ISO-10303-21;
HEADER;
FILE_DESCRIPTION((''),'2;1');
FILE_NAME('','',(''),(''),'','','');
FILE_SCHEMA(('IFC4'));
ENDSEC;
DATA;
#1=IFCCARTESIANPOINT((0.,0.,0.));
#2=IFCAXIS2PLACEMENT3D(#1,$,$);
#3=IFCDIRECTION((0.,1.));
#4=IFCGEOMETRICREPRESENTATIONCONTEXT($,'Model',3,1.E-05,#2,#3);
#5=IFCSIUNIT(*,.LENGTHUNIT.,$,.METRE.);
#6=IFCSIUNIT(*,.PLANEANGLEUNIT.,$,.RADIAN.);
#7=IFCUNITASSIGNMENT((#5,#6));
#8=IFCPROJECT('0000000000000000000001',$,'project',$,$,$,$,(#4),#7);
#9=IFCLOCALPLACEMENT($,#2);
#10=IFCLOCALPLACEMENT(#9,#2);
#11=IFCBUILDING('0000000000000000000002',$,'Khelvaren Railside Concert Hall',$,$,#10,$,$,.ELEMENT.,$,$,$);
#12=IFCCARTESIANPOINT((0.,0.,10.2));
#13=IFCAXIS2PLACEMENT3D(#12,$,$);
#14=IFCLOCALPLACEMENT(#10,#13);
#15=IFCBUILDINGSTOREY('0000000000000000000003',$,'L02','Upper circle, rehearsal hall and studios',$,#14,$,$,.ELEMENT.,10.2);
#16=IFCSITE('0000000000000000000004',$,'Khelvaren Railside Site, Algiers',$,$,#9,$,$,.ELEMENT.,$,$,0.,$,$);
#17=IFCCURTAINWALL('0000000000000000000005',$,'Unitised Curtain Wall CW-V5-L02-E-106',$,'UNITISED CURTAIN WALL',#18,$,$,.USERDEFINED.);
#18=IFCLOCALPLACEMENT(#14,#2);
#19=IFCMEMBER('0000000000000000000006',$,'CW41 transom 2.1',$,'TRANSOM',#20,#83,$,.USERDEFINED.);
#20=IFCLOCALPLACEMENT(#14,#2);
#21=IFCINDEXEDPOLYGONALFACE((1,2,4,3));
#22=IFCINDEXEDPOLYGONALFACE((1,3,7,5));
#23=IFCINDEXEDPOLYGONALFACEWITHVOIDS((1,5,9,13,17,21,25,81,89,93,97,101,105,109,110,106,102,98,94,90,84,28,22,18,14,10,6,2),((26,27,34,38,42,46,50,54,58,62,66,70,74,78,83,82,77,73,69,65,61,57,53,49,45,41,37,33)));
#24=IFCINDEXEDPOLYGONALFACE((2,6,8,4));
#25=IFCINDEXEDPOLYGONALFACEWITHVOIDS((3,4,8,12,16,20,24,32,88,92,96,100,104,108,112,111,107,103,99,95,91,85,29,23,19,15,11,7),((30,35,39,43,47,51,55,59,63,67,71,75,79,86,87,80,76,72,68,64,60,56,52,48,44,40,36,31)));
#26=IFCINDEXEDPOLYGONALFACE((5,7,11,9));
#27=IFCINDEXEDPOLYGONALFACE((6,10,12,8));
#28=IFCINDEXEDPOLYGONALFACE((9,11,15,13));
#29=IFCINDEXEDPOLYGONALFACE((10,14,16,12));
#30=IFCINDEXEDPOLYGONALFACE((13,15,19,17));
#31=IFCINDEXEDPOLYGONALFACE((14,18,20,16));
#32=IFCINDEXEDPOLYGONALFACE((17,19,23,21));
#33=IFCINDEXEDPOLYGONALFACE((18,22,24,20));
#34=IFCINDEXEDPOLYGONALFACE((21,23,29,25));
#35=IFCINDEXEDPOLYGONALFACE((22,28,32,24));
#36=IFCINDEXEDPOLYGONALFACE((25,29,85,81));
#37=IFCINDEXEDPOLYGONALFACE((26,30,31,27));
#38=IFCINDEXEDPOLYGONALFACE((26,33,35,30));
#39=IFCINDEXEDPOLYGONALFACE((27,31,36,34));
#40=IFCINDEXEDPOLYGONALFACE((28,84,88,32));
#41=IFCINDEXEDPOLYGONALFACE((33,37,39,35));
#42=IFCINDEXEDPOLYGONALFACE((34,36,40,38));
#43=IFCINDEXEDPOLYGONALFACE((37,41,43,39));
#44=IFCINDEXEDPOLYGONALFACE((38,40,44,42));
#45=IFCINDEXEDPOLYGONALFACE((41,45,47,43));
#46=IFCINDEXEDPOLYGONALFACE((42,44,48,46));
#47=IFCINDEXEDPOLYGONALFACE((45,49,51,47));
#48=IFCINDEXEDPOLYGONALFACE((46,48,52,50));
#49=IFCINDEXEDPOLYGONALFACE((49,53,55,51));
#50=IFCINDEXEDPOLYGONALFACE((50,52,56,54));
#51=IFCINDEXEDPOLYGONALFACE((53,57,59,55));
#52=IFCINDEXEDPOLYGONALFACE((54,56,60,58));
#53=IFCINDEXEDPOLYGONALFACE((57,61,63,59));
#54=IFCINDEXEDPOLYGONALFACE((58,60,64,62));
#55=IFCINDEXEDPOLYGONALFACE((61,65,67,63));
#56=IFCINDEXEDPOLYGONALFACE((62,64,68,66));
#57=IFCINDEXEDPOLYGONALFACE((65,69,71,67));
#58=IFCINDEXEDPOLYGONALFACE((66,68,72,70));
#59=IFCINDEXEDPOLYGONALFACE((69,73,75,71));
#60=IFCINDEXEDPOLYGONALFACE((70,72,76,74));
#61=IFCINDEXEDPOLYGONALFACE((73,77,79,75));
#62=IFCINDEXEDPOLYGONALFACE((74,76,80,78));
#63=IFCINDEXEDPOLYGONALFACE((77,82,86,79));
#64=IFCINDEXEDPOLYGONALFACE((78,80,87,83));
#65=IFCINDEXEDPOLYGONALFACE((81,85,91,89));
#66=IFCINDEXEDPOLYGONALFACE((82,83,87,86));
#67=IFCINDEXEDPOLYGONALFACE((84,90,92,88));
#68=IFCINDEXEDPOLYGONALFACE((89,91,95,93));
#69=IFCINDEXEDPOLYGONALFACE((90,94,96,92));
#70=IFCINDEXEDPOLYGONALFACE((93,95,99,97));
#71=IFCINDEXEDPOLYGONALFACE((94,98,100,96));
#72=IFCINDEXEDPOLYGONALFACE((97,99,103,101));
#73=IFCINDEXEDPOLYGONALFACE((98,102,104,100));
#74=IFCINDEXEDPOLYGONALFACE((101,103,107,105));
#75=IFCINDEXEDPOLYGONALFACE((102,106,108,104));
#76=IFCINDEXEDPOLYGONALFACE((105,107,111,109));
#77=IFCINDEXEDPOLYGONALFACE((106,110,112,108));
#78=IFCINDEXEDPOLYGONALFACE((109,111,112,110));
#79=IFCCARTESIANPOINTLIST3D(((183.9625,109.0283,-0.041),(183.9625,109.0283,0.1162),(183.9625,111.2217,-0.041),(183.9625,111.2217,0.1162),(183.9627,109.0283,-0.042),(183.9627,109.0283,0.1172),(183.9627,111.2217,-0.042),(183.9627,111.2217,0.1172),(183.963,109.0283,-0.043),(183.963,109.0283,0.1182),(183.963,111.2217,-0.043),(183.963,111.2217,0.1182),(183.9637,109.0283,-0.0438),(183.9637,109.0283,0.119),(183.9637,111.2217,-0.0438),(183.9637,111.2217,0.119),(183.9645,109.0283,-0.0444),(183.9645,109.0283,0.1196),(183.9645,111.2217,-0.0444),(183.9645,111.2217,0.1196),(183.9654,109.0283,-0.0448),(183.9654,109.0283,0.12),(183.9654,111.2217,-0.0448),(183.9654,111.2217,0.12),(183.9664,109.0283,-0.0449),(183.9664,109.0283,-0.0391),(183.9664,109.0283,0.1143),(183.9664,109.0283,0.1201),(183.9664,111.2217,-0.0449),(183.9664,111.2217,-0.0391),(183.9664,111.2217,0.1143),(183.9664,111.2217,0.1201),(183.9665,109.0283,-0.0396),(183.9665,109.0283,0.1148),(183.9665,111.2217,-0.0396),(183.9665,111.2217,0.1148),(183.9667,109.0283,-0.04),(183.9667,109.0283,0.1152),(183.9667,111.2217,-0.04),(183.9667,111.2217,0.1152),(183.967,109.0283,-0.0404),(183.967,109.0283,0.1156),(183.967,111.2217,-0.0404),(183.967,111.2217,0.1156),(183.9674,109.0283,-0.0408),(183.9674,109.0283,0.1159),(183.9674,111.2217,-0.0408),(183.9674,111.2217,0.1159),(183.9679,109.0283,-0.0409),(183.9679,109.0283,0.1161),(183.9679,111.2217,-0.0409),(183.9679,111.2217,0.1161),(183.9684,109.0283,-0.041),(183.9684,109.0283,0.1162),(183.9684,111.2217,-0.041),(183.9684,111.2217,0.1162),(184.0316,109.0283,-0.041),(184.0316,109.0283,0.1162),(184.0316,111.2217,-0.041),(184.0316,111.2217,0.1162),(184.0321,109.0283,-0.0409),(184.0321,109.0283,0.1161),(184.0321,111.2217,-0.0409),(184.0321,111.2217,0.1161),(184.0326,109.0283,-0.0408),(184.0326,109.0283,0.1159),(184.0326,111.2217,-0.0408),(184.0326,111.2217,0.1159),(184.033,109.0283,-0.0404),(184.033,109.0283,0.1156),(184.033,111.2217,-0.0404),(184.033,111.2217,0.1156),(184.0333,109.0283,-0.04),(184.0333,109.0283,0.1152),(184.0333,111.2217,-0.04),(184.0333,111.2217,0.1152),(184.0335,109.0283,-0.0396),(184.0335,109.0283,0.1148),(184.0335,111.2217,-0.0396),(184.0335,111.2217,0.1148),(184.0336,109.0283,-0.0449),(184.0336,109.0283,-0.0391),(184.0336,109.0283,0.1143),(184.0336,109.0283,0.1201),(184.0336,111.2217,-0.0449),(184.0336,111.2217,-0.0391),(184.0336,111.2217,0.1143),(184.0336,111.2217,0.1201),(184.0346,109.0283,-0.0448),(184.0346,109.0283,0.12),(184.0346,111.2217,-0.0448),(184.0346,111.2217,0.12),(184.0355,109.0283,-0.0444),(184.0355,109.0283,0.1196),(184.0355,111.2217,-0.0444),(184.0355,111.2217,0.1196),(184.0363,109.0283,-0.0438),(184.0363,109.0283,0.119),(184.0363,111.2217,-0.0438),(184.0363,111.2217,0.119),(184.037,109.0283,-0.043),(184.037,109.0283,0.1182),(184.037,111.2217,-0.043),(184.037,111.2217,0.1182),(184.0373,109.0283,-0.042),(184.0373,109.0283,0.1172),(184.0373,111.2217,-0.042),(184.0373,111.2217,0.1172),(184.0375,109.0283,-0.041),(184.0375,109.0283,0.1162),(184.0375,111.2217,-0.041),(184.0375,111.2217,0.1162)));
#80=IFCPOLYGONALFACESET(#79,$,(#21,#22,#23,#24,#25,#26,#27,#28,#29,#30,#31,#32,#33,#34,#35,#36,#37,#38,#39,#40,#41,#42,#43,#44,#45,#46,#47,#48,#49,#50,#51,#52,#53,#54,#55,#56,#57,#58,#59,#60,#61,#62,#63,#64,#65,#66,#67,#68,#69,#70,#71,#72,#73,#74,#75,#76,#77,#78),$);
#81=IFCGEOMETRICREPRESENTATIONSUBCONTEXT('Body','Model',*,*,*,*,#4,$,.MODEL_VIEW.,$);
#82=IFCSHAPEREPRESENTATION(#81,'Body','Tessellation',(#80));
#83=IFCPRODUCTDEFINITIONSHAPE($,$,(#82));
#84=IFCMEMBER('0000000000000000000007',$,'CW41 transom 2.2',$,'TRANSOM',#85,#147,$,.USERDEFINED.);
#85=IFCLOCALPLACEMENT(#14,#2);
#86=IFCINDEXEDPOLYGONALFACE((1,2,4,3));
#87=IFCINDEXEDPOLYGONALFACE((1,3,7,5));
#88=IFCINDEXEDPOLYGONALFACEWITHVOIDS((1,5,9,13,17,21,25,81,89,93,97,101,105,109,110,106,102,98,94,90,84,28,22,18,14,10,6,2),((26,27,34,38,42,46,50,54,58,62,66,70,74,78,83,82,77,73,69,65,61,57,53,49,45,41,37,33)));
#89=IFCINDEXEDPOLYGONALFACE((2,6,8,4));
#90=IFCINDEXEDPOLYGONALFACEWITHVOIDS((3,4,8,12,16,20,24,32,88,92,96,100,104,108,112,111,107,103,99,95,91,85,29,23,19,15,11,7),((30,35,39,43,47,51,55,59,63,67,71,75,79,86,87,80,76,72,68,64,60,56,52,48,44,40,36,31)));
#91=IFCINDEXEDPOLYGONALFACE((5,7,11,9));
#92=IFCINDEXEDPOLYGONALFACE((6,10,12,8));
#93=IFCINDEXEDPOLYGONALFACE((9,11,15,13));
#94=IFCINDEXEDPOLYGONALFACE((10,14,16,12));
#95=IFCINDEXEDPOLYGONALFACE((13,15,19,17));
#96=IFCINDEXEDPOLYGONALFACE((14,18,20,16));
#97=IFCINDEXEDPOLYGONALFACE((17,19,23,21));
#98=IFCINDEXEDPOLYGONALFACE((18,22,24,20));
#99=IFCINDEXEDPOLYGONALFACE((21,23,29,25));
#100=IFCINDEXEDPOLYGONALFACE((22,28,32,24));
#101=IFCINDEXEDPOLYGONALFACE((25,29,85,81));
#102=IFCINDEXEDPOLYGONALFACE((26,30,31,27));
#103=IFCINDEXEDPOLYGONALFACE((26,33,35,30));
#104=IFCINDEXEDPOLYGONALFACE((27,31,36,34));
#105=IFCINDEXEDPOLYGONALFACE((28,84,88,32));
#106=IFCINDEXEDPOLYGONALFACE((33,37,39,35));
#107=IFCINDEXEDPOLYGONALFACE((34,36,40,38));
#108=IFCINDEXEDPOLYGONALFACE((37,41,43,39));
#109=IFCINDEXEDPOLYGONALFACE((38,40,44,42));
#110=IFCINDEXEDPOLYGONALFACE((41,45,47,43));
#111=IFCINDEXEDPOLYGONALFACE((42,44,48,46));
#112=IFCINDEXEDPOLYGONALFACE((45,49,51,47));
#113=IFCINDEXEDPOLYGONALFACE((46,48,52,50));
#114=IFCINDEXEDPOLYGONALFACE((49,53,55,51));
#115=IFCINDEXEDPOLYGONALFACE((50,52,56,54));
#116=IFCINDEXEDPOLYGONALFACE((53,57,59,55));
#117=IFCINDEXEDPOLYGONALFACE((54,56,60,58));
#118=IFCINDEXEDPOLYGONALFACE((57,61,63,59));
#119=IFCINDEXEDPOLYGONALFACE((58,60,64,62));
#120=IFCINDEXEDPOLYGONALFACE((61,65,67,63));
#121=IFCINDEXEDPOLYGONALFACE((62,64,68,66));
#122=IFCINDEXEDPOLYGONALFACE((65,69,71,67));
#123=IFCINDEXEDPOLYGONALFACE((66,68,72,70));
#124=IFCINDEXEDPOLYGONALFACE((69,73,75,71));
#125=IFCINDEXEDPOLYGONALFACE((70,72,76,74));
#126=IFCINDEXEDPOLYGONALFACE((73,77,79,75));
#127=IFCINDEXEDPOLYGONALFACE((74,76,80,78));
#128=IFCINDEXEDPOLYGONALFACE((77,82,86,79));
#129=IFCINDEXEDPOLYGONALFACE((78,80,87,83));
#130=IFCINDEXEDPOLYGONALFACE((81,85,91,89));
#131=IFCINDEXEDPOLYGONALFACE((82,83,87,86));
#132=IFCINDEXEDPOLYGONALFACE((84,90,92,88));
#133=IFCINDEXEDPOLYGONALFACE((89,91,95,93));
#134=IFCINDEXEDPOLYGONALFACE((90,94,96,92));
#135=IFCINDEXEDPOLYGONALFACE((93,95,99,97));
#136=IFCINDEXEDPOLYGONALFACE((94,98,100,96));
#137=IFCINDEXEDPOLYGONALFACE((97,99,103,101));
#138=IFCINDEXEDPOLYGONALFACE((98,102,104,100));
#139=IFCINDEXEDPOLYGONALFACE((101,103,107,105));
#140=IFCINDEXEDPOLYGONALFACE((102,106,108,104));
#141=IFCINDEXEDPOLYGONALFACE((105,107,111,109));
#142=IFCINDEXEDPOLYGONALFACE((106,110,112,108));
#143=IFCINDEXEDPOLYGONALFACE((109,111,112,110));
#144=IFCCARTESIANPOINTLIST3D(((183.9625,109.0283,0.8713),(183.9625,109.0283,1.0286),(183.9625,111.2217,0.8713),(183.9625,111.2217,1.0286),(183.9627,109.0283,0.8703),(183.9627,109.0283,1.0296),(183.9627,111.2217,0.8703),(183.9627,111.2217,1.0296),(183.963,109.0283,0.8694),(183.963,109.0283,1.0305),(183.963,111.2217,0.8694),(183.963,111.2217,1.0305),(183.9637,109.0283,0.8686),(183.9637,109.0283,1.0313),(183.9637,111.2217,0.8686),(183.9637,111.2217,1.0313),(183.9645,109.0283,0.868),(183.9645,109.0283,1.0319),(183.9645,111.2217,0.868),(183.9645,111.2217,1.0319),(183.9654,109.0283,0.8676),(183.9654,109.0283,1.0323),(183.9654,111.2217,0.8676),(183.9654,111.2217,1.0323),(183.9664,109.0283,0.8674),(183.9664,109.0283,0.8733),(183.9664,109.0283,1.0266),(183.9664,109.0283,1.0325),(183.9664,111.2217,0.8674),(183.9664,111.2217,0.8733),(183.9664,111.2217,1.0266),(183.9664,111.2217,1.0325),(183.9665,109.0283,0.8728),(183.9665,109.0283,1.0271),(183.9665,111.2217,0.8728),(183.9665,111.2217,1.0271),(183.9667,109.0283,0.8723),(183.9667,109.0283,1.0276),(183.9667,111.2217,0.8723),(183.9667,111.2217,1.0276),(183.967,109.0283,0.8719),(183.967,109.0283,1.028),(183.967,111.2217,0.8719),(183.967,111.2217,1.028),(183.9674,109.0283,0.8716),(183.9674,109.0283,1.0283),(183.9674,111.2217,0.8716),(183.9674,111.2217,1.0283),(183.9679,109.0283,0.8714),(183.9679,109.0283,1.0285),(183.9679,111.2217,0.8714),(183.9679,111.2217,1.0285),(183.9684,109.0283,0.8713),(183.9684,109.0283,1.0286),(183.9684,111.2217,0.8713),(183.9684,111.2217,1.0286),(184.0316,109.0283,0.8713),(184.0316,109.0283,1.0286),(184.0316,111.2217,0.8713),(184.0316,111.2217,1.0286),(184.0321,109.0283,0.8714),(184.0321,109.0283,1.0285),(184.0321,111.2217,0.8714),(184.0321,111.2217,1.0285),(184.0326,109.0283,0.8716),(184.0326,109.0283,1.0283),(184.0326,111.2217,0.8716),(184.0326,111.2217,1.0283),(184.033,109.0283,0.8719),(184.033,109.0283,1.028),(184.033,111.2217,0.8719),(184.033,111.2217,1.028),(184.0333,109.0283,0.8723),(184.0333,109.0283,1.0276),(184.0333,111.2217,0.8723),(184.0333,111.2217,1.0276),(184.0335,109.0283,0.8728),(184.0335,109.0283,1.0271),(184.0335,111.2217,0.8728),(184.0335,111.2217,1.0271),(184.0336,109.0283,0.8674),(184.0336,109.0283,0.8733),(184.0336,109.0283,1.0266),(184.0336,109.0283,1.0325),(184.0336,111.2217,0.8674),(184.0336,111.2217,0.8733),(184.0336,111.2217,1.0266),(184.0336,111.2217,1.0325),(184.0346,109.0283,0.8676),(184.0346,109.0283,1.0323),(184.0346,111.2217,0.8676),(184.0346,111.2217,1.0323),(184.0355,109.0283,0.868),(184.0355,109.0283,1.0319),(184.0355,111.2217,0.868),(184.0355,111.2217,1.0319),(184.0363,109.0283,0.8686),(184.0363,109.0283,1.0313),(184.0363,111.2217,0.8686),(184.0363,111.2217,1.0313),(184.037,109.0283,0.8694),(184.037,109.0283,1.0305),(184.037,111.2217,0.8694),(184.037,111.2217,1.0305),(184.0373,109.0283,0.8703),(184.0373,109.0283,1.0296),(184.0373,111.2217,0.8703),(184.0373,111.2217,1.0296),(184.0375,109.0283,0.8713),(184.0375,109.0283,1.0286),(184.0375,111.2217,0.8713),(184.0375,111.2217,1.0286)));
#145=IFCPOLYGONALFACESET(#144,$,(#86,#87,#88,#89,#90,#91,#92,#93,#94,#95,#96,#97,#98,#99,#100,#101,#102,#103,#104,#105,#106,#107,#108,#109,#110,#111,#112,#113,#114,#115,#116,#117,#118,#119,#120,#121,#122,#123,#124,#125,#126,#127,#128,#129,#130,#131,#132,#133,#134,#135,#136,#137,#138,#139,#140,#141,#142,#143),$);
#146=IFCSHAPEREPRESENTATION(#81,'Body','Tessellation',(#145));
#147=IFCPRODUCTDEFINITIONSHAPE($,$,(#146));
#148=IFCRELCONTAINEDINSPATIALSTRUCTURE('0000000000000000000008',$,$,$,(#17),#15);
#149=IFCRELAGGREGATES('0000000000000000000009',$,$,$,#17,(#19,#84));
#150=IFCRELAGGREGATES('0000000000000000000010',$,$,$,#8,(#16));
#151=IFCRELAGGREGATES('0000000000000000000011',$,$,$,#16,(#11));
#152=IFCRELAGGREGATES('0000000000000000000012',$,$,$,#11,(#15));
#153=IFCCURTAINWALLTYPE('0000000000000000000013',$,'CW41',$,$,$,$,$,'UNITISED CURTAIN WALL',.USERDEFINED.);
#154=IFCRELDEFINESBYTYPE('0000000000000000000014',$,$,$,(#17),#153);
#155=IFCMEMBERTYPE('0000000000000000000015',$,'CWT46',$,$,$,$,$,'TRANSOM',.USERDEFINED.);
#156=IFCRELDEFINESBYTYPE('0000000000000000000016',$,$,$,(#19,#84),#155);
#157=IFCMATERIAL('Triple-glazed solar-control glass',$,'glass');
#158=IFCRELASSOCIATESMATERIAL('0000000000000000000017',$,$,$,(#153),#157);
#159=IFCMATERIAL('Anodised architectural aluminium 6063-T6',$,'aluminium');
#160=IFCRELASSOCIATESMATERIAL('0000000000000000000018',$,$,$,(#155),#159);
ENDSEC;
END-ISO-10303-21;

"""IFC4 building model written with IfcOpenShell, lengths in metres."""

from ifc_helpers import new_model, si_unit, direction, frame, origin, origin_2d, place, context, subcontext, project, spatial, hollow_rectangle, extrude, material, material_profile, profile_set, type_object, element, aggregate, save


model = new_model("IFC4")

# Units and contexts
model_context = context("Model", 3, precision=1e-05, world=origin(), true_north=direction((0.0, 1.0)))
body_context = subcontext(model_context, "Body", "Model", "MODEL_VIEW")
ifc_project = project(units=[si_unit("LENGTHUNIT", "METRE"), si_unit("PLANEANGLEUNIT", "RADIAN")], contexts=[model_context])

# Site, building, storey
site_placement = place(None, origin())
site = spatial("IfcSite", under=ifc_project, at=site_placement, Name="Khelvaren Railside Site, Algiers", CompositionType="ELEMENT", RefElevation=0.0)
building_placement = place(site_placement, origin())
building = spatial("IfcBuilding", under=site, at=building_placement, Name="Khelvaren Railside Concert Hall", CompositionType="ELEMENT")
storey_placement = place(building_placement, frame((0.0, 0.0, 10.2)))
storey = spatial("IfcBuildingStorey", under=building, at=storey_placement, Name="L02", Description="Upper circle, rehearsal hall and studios", CompositionType="ELEMENT", Elevation=10.2)

# Curtain wall, members
ifc_material_1 = material(Name="Triple-glazed solar-control glass", Category="glass")
curtain_wall_type = type_object("IfcCurtainWallType", Name="CW41", ElementType="UNITISED CURTAIN WALL", PredefinedType="USERDEFINED", material=ifc_material_1)
curtain_wall_placement = place(storey_placement, origin())
curtain_wall = element("IfcCurtainWall", 1, at=curtain_wall_placement, inside=storey, type_object=curtain_wall_type, Name="Unitised Curtain Wall CW-V5-L02-E-106", ObjectType="UNITISED CURTAIN WALL", PredefinedType="USERDEFINED")
ifc_material_2 = material(Name="Anodised architectural aluminium 6063-T6", Category="aluminium")
ifc_material_profile_1 = material_profile(ifc_material_2, hollow_rectangle(XDim=0.075, YDim=0.165, WallThickness=0.0039, InnerFilletRadius=0.002, OuterFilletRadius=0.0039, at=origin_2d()), Name="CWT 75x165x4")
ifc_profile_set_1 = profile_set([ifc_material_profile_1], Name="Anodised architectural aluminium 6063-T6")
member_type_1 = type_object("IfcMemberType", Name="CWT46", ElementType="TRANSOM", PredefinedType="USERDEFINED", material=ifc_profile_set_1)
member_1_placement = place(storey_placement, frame((184.0, 111.2217, 0.0376), z_axis=(0.0, -1.0, 0.0), x_axis=(1.0, 0.0, 0.0)))
member_1 = element("IfcMember", 2, at=member_1_placement, type_object=member_type_1, Name="CW41 transom 2.1", ObjectType="TRANSOM", PredefinedType="USERDEFINED", context=body_context, shape_type="SweptSolid", body=[
    extrude(hollow_rectangle(XDim=0.075, YDim=0.165, WallThickness=0.0039, InnerFilletRadius=0.002, OuterFilletRadius=0.0039, at=origin_2d()), origin(), (0.0, 0.0, 1.0), 2.1934),
])
member_2_placement = place(storey_placement, frame((184.0, 111.2217, 0.95), z_axis=(0.0, -1.0, 0.0), x_axis=(1.0, 0.0, 0.0)))
member_2 = element("IfcMember", 3, at=member_2_placement, type_object=member_type_1, Name="CW41 transom 2.2", ObjectType="TRANSOM", PredefinedType="USERDEFINED", context=body_context, shape_type="SweptSolid", body=[
    extrude(hollow_rectangle(XDim=0.075, YDim=0.165, WallThickness=0.0039, InnerFilletRadius=0.002, OuterFilletRadius=0.0039, at=origin_2d()), origin(), (0.0, 0.0, 1.0), 2.1934),
])
aggregate(curtain_wall, [member_1, member_2])

save(model, "model.ifc")
